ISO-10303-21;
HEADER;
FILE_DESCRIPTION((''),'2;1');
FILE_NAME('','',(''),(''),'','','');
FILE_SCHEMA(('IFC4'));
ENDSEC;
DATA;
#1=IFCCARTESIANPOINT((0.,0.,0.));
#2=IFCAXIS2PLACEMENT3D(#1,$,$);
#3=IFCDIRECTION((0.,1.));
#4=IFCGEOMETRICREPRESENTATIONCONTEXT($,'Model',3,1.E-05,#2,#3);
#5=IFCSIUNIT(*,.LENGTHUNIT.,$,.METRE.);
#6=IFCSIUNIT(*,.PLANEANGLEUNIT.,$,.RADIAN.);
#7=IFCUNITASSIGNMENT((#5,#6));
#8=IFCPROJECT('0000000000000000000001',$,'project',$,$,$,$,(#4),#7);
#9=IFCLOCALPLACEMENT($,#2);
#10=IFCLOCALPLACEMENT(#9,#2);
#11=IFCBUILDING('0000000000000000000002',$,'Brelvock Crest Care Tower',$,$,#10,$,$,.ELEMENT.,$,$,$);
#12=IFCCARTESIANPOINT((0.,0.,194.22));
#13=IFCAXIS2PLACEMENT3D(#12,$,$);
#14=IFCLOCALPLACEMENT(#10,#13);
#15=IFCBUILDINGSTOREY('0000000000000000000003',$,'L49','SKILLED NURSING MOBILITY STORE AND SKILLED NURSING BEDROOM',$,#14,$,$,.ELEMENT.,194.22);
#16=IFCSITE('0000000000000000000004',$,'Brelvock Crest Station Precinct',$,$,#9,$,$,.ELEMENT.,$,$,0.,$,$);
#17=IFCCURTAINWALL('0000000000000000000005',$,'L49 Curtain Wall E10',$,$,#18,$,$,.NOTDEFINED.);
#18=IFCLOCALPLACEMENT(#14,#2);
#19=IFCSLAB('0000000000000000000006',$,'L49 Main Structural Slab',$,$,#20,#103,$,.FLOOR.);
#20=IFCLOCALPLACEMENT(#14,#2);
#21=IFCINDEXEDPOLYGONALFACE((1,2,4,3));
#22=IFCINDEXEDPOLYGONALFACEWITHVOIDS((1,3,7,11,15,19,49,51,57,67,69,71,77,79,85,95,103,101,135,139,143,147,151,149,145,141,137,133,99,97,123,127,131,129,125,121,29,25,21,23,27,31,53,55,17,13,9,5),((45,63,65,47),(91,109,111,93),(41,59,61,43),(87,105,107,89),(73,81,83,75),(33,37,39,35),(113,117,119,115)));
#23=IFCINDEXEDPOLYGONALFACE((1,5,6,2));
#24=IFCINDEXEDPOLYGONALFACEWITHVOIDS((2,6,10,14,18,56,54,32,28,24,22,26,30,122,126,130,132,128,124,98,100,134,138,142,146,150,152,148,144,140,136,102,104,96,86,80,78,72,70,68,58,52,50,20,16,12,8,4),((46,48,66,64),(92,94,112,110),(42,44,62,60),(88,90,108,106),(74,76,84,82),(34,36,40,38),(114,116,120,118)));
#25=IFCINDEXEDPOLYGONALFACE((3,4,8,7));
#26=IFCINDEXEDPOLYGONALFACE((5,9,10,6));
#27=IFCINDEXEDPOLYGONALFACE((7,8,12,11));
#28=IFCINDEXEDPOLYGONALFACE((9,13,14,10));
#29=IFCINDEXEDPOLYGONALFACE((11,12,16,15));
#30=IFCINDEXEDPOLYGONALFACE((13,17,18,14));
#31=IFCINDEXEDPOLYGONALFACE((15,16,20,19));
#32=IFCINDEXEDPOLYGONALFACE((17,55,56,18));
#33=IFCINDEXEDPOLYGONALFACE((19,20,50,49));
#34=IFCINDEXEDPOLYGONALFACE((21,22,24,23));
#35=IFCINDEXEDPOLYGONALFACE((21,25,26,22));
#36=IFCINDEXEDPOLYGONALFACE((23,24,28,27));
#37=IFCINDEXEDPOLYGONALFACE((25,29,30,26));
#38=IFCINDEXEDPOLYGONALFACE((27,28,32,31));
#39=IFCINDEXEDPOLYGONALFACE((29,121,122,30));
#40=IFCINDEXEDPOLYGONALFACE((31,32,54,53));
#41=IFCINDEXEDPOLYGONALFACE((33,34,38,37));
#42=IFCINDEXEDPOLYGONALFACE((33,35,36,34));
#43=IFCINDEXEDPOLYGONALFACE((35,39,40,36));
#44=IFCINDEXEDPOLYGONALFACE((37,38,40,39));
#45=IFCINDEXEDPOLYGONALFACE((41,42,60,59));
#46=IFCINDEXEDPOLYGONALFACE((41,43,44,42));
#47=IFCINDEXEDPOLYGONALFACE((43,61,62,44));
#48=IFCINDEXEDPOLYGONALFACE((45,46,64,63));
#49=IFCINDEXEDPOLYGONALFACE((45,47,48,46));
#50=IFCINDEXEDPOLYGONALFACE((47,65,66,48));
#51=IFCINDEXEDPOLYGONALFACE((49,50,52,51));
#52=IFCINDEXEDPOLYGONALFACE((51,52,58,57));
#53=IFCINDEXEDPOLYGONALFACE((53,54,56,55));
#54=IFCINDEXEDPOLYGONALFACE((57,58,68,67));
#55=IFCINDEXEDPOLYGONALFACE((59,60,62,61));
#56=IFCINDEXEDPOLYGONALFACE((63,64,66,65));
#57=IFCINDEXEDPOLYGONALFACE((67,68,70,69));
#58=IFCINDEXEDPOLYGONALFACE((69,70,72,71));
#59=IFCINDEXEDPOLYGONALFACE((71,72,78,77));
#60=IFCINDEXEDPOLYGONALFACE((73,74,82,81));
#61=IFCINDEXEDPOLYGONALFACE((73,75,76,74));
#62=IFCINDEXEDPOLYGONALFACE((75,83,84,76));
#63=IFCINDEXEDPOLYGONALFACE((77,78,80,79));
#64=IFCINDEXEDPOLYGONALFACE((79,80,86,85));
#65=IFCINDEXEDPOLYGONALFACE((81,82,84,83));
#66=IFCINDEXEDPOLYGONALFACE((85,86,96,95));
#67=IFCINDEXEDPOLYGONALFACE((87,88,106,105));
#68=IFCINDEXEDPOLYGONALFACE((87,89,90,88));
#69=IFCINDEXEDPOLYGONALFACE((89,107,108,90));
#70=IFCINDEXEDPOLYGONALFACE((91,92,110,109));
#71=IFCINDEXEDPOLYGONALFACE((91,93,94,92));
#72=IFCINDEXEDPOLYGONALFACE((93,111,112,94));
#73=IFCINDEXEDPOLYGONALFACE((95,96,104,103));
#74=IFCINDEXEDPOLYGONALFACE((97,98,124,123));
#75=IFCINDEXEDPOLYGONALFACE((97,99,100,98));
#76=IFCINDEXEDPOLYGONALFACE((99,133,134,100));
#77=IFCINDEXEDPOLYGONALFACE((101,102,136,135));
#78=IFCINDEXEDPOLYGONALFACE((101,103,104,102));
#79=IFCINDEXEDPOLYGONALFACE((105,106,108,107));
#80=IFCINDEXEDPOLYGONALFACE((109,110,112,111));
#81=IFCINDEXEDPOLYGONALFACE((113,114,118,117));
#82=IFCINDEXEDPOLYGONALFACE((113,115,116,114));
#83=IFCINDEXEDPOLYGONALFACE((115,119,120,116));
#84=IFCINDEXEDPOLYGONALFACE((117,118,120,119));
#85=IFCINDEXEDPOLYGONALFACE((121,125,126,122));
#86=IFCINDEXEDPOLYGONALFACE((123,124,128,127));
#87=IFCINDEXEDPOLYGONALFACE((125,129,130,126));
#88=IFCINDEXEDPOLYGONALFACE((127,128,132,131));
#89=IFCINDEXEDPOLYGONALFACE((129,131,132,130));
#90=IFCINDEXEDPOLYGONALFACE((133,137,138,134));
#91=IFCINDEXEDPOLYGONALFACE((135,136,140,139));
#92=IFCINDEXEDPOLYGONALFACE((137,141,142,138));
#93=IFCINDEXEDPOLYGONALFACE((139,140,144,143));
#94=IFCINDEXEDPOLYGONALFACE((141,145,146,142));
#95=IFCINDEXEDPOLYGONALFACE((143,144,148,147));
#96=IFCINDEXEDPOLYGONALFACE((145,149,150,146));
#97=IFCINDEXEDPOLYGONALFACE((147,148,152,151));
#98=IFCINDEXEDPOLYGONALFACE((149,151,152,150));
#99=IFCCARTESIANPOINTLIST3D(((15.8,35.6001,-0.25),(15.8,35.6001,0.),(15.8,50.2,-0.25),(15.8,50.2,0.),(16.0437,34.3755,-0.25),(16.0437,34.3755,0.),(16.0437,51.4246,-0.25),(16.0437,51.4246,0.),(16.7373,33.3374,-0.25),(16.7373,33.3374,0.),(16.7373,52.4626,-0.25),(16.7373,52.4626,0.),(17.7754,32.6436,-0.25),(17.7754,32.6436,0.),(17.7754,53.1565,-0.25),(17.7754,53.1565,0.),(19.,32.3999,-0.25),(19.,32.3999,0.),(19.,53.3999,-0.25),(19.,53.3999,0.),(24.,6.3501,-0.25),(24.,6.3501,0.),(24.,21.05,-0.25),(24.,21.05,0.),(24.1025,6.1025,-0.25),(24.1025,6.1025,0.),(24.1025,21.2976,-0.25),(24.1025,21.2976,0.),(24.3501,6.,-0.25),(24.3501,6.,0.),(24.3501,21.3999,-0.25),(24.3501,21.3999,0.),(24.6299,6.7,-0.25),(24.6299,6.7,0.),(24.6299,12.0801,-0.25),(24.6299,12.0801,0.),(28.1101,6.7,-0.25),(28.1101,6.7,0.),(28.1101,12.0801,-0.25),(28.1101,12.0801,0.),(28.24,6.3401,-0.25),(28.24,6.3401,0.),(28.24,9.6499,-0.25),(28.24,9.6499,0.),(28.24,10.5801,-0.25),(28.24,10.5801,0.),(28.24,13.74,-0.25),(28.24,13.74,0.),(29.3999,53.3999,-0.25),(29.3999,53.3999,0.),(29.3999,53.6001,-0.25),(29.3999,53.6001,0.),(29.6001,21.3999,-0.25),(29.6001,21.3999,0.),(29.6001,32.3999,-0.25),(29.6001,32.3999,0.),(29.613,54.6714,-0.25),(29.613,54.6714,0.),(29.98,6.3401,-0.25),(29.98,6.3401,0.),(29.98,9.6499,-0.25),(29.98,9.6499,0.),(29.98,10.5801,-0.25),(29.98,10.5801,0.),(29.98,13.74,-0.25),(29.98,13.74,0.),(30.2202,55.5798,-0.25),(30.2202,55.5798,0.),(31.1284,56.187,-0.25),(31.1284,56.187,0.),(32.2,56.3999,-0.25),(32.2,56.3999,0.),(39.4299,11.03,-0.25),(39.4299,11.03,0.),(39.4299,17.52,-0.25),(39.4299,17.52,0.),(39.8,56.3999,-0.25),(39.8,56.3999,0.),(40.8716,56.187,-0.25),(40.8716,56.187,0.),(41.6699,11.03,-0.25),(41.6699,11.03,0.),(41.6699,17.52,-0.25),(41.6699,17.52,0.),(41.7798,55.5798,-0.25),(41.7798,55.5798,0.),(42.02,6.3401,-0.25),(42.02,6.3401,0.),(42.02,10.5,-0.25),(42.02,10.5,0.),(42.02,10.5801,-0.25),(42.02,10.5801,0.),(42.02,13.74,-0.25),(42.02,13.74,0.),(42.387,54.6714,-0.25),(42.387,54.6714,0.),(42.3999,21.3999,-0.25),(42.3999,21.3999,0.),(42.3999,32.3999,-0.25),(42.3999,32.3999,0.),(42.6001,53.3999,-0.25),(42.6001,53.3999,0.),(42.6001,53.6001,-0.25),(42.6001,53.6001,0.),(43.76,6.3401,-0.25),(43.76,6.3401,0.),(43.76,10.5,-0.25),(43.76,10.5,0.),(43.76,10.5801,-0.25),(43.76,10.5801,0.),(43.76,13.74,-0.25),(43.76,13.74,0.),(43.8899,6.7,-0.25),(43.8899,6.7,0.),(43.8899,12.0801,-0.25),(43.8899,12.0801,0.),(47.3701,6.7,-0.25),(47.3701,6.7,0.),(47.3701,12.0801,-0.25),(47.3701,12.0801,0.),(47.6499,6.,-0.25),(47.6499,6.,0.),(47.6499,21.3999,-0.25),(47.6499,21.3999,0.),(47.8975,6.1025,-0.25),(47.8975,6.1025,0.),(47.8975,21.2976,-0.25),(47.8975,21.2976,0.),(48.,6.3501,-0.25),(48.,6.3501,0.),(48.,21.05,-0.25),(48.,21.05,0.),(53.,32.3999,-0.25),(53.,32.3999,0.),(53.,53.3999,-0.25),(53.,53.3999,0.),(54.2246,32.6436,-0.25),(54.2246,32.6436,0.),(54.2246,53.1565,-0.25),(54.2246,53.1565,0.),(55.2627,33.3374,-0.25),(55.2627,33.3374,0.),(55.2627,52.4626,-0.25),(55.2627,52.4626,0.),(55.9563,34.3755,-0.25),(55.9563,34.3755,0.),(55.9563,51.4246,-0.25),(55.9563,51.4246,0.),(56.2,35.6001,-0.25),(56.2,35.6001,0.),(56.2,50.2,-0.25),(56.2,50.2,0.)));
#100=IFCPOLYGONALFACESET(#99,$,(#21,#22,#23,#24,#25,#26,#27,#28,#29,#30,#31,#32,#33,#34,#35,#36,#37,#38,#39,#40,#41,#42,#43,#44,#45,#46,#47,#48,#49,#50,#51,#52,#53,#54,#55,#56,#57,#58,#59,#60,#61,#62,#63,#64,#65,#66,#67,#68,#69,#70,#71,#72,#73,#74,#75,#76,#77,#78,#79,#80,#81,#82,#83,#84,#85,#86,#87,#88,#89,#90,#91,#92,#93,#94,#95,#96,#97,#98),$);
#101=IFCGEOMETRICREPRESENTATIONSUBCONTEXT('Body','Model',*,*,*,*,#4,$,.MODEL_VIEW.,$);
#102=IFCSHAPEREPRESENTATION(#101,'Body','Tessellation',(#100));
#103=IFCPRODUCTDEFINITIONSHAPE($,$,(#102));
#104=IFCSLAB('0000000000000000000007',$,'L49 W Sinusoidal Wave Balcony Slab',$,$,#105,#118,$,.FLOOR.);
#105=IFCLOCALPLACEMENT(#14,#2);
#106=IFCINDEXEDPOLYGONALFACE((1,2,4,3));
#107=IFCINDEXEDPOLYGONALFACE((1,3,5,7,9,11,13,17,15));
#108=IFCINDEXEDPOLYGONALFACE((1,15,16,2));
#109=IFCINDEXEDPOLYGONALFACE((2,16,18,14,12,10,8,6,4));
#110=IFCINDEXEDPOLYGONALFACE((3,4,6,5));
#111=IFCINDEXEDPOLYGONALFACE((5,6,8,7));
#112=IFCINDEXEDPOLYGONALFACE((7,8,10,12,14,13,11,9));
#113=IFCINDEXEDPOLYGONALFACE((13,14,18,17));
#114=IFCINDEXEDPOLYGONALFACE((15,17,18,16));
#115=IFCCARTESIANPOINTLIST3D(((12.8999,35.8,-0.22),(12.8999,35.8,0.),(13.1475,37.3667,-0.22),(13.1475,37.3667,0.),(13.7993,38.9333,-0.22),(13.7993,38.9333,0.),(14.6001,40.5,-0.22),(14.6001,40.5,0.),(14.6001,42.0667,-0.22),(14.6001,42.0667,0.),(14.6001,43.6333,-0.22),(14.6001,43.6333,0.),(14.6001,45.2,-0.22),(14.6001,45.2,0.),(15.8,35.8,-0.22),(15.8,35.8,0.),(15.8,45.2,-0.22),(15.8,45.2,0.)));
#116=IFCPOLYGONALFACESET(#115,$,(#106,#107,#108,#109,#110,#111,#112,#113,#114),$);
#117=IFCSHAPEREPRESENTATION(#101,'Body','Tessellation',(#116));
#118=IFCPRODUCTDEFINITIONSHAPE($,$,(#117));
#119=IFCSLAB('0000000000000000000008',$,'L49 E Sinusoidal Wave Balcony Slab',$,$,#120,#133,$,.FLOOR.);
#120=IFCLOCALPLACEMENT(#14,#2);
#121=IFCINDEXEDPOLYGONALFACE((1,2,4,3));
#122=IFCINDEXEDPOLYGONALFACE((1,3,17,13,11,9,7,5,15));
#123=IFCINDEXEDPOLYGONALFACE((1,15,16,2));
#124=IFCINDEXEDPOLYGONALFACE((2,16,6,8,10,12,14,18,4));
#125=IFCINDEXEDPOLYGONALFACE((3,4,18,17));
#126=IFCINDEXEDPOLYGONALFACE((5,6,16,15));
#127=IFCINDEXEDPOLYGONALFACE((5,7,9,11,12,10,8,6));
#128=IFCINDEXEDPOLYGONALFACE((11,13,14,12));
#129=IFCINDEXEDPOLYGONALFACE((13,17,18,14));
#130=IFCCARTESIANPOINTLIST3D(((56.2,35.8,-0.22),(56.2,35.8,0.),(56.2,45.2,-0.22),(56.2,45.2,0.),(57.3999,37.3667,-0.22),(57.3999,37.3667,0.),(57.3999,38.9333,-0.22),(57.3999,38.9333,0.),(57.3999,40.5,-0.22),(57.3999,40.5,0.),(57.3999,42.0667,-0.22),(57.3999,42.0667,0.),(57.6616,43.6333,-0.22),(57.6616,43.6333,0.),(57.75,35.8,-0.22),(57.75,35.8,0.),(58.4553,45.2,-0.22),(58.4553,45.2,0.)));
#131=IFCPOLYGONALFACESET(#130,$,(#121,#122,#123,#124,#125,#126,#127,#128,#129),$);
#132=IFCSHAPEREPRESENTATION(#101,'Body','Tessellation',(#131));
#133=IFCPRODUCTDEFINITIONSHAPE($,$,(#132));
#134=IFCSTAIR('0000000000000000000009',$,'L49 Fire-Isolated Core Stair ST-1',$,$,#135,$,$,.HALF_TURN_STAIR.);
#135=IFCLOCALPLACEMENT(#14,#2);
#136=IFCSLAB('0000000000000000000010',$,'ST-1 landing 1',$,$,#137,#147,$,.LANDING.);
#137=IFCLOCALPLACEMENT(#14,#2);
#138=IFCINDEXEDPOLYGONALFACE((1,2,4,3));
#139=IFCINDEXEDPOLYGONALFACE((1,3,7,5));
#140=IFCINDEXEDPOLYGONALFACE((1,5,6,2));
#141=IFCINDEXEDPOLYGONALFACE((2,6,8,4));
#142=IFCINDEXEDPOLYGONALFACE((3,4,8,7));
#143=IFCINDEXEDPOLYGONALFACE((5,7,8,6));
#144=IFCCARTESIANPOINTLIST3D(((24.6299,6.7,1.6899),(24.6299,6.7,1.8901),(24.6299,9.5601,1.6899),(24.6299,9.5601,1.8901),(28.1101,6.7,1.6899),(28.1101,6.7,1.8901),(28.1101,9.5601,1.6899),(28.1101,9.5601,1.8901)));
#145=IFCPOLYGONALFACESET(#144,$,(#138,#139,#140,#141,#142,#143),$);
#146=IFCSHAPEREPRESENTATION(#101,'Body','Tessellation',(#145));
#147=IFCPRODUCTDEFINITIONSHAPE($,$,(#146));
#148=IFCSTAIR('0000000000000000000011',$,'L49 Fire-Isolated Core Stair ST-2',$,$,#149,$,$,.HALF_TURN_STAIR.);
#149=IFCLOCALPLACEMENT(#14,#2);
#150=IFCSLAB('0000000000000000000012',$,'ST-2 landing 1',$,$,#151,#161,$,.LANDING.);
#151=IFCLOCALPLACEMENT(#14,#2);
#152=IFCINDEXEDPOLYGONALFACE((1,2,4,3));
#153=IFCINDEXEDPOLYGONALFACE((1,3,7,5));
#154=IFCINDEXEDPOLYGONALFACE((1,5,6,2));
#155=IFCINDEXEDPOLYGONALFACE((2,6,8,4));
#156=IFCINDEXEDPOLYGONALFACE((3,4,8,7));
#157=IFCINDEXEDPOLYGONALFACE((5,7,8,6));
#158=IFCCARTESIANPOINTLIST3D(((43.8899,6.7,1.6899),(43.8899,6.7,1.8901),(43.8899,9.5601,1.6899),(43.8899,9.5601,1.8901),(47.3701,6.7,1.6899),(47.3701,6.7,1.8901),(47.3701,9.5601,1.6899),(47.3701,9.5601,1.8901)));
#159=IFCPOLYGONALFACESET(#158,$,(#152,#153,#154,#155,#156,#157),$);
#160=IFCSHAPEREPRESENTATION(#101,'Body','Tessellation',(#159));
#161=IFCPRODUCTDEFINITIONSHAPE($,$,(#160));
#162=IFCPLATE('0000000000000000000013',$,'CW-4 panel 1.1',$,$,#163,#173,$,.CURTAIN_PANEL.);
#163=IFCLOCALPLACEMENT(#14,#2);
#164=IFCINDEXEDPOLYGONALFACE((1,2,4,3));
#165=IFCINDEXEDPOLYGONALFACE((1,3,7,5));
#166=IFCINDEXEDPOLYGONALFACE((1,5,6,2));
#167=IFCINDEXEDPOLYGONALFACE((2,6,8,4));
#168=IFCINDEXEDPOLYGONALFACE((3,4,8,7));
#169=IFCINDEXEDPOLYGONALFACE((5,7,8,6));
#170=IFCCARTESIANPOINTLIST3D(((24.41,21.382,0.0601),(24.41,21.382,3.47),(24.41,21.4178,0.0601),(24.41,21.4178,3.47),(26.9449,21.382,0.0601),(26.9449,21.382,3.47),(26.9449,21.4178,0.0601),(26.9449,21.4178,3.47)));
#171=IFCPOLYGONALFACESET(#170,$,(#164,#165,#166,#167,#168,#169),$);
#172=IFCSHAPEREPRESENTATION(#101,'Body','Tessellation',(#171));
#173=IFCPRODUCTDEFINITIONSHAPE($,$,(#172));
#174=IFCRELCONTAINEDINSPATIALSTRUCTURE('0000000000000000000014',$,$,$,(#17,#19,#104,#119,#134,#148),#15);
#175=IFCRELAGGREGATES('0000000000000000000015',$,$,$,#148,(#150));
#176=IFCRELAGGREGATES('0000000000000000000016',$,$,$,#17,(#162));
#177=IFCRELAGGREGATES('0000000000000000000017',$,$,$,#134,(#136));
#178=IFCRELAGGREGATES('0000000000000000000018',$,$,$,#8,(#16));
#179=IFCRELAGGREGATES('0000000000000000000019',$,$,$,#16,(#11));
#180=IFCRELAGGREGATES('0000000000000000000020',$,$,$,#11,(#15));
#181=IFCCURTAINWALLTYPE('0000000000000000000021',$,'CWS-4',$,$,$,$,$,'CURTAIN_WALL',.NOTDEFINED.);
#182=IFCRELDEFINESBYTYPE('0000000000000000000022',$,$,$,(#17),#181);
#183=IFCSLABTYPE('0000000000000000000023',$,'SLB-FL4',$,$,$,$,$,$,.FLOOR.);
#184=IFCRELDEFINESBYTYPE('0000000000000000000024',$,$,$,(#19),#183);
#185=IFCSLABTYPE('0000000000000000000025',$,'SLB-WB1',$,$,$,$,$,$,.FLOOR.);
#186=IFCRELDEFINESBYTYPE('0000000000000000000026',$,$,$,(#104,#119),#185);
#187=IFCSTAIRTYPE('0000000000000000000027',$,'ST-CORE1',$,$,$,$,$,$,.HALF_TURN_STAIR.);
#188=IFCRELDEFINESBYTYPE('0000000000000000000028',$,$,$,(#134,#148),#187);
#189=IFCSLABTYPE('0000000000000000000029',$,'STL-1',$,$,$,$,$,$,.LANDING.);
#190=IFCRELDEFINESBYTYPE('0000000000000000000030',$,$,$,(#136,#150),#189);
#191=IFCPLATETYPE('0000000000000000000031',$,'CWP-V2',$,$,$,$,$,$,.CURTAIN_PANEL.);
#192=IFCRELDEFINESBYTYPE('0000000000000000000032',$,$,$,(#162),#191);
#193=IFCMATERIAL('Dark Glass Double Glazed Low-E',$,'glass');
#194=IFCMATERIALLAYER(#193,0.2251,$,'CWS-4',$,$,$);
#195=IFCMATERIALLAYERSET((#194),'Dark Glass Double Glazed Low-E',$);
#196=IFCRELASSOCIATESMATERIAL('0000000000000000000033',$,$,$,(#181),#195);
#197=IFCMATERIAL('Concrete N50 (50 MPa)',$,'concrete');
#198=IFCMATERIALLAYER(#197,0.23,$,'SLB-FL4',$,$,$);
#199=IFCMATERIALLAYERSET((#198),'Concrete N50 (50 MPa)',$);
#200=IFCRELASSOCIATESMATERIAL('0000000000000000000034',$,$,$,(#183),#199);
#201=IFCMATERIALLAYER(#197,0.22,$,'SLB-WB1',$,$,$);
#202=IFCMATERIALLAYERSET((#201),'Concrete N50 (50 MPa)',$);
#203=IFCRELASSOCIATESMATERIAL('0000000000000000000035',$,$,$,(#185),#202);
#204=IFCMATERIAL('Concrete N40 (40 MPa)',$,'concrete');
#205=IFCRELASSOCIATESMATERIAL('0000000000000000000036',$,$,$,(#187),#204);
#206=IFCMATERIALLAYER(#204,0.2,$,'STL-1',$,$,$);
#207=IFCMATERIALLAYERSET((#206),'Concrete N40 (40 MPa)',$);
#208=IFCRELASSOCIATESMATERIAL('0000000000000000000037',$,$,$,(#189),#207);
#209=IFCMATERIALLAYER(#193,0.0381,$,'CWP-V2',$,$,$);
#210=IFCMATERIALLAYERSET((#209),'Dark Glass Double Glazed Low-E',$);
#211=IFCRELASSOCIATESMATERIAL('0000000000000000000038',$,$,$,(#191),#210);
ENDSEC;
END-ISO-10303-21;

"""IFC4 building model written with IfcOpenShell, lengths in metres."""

from ifc_helpers import new_model, si_unit, direction, frame, origin, origin_2d, place, context, subcontext, project, spatial, polyline, rectangle, outline, extrude, source, transform, mapped, material, layer, layer_set, type_object, element, aggregate, save


model = new_model("IFC4")

# Units and contexts
model_context = context("Model", 3, precision=1e-05, world=origin(), true_north=direction((0.0, 1.0)))
body_context = subcontext(model_context, "Body", "Model", "MODEL_VIEW")
ifc_project = project(units=[si_unit("LENGTHUNIT", "METRE"), si_unit("PLANEANGLEUNIT", "RADIAN")], contexts=[model_context])

# Site, building, storey
site_placement = place(None, origin())
site = spatial("IfcSite", under=ifc_project, at=site_placement, Name="Brelvock Crest Station Precinct", CompositionType="ELEMENT", RefElevation=0.0)
building_placement = place(site_placement, origin())
building = spatial("IfcBuilding", under=site, at=building_placement, Name="Brelvock Crest Care Tower", CompositionType="ELEMENT")
storey_placement = place(building_placement, frame((0.0, 0.0, 194.22)))
storey = spatial("IfcBuildingStorey", under=building, at=storey_placement, Name="L49", Description="SKILLED NURSING MOBILITY STORE AND SKILLED NURSING BEDROOM", CompositionType="ELEMENT", Elevation=194.22)

# Curtain wall
ifc_material_1 = material(Name="Dark Glass Double Glazed Low-E", Category="glass")
ifc_layer_1 = layer(ifc_material_1, 0.2251, Name="CWS-4")
ifc_layer_set_1 = layer_set([ifc_layer_1], Name="Dark Glass Double Glazed Low-E")
curtain_wall_type = type_object("IfcCurtainWallType", Name="CWS-4", ElementType="CURTAIN_WALL", PredefinedType="NOTDEFINED", material=ifc_layer_set_1)
curtain_wall_placement = place(storey_placement, origin())
curtain_wall = element("IfcCurtainWall", 1, at=curtain_wall_placement, inside=storey, type_object=curtain_wall_type, Name="L49 Curtain Wall E10", PredefinedType="NOTDEFINED")

# Slabs
ifc_material_2 = material(Name="Concrete N50 (50 MPa)", Category="concrete")
ifc_layer_2 = layer(ifc_material_2, 0.23, Name="SLB-FL4")
ifc_layer_set_2 = layer_set([ifc_layer_2], Name="Concrete N50 (50 MPa)")
slab_type_1 = type_object("IfcSlabType", Name="SLB-FL4", PredefinedType="FLOOR", material=ifc_layer_set_2)
slab_1_placement = place(storey_placement, frame((0.0, 0.0, -0.25)))
element("IfcSlab", 2, at=slab_1_placement, inside=storey, type_object=slab_type_1, Name="L49 Main Structural Slab", PredefinedType="FLOOR", context=body_context, shape_type="SweptSolid", body=[
    extrude(outline(polyline([(47.6499, 21.3999), (42.3999, 21.3999), (42.3999, 32.3999), (53.0, 32.3999), (54.2246, 32.6436), (55.2627, 33.3374), (55.9563, 34.3755), (56.2, 35.6001), (56.2, 50.2), (55.9563, 51.4246), (55.2627, 52.4626), (54.2246, 53.1565), (53.0, 53.3999), (42.6001, 53.3999), (42.6001, 53.6001), (42.387, 54.6714), (41.7798, 55.5798), (40.8716, 56.187), (39.8, 56.3999), (32.2, 56.3999), (31.1284, 56.187), (30.2202, 55.5798), (29.613, 54.6714), (29.3999, 53.6001), (29.3999, 53.3999), (19.0, 53.3999), (17.7754, 53.1565), (16.7373, 52.4626), (16.0437, 51.4246), (15.8, 50.2), (15.8, 35.6001), (16.0437, 34.3755), (16.7373, 33.3374), (17.7754, 32.6436), (19.0, 32.3999), (29.6001, 32.3999), (29.6001, 21.3999), (24.3501, 21.3999), (24.1025, 21.2976), (24.0, 21.05), (24.0, 6.3501), (24.1025, 6.1025), (24.3501, 6.0), (47.6499, 6.0), (47.8975, 6.1025), (48.0, 6.3501), (48.0, 21.05), (47.8975, 21.2976), (47.6499, 21.3999)]), holes=[polyline([(28.24, 10.5801), (29.98, 10.5801), (29.98, 13.74), (28.24, 13.74), (28.24, 10.5801)]), polyline([(42.02, 10.5801), (43.76, 10.5801), (43.76, 13.74), (42.02, 13.74), (42.02, 10.5801)]), polyline([(28.24, 6.3401), (29.98, 6.3401), (29.98, 9.6499), (28.24, 9.6499), (28.24, 6.3401)]), polyline([(24.6299, 12.0801), (24.6299, 6.7), (28.1101, 6.7), (28.1101, 12.0801), (24.6299, 12.0801)]), polyline([(43.8899, 12.0801), (43.8899, 6.7), (47.3701, 6.7), (47.3701, 12.0801), (43.8899, 12.0801)]), polyline([(42.02, 6.3401), (43.76, 6.3401), (43.76, 10.5), (42.02, 10.5), (42.02, 6.3401)]), polyline([(39.4299, 11.03), (41.6699, 11.03), (41.6699, 17.52), (39.4299, 17.52), (39.4299, 11.03)])]), origin(), (0.0, 0.0, 1.0), 0.25),
])
ifc_layer_3 = layer(ifc_material_2, 0.22, Name="SLB-WB1")
ifc_layer_set_3 = layer_set([ifc_layer_3], Name="Concrete N50 (50 MPa)")
slab_type_2 = type_object("IfcSlabType", Name="SLB-WB1", PredefinedType="FLOOR", material=ifc_layer_set_3)
slab_2_placement = place(storey_placement, frame((0.0, 0.0, -0.22)))
element("IfcSlab", 3, at=slab_2_placement, inside=storey, type_object=slab_type_2, Name="L49 W Sinusoidal Wave Balcony Slab", PredefinedType="FLOOR", context=body_context, shape_type="SweptSolid", body=[
    extrude(outline(polyline([(15.8, 45.2), (14.6001, 45.2), (14.6001, 43.6333), (14.6001, 42.0667), (14.6001, 40.5), (13.7993, 38.9333), (13.1475, 37.3667), (12.8999, 35.8), (15.8, 35.8), (15.8, 45.2)])), origin(), (0.0, 0.0, 1.0), 0.22),
])
slab_3_placement = place(storey_placement, frame((0.0, 0.0, -0.22)))
element("IfcSlab", 4, at=slab_3_placement, inside=storey, type_object=slab_type_2, Name="L49 E Sinusoidal Wave Balcony Slab", PredefinedType="FLOOR", context=body_context, shape_type="SweptSolid", body=[
    extrude(outline(polyline([(56.2, 35.8), (57.75, 35.8), (57.3999, 37.3667), (57.3999, 38.9333), (57.3999, 40.5), (57.3999, 42.0667), (57.6616, 43.6333), (58.4553, 45.2), (56.2, 45.2), (56.2, 35.8)])), origin(), (0.0, 0.0, 1.0), 0.22),
])

# Stairs, slabs
ifc_material_3 = material(Name="Concrete N40 (40 MPa)", Category="concrete")
stair_type = type_object("IfcStairType", Name="ST-CORE1", PredefinedType="HALF_TURN_STAIR", material=ifc_material_3)
stair_1_placement = place(storey_placement, origin())
stair_1 = element("IfcStair", 5, at=stair_1_placement, inside=storey, type_object=stair_type, Name="L49 Fire-Isolated Core Stair ST-1", PredefinedType="HALF_TURN_STAIR")
ifc_layer_4 = layer(ifc_material_3, 0.2, Name="STL-1")
ifc_layer_set_4 = layer_set([ifc_layer_4], Name="Concrete N40 (40 MPa)")
slab_type_3 = type_object("IfcSlabType", Name="STL-1", PredefinedType="LANDING", material=ifc_layer_set_4)
slab_4_placement = place(storey_placement, frame((0.0, 0.0, 1.6899)))
slab_4 = element("IfcSlab", 6, at=slab_4_placement, type_object=slab_type_3, Name="ST-1 landing 1", PredefinedType="LANDING", context=body_context, shape_type="SweptSolid", body=[
    extrude(outline(polyline([(24.6299, 9.5601), (24.6299, 6.7), (28.1101, 6.7), (28.1101, 9.5601), (24.6299, 9.5601)])), origin(), (0.0, 0.0, 1.0), 0.2002),
])
stair_2_placement = place(storey_placement, origin())
stair_2 = element("IfcStair", 7, at=stair_2_placement, inside=storey, type_object=stair_type, Name="L49 Fire-Isolated Core Stair ST-2", PredefinedType="HALF_TURN_STAIR")
slab_5_placement = place(storey_placement, frame((0.0, 0.0, 1.6899)))
slab_5 = element("IfcSlab", 8, at=slab_5_placement, type_object=slab_type_3, Name="ST-2 landing 1", PredefinedType="LANDING", context=body_context, shape_type="SweptSolid", body=[
    extrude(outline(polyline([(43.8899, 9.5601), (43.8899, 6.7), (47.3701, 6.7), (47.3701, 9.5601), (43.8899, 9.5601)])), origin(), (0.0, 0.0, 1.0), 0.2002),
])
aggregate(stair_2, [slab_5])

# Plate
ifc_layer_5 = layer(ifc_material_1, 0.0381, Name="CWP-V2")
ifc_layer_set_5 = layer_set([ifc_layer_5], Name="Dark Glass Double Glazed Low-E")
plate_type = type_object("IfcPlateType", Name="CWP-V2", PredefinedType="CURTAIN_PANEL", material=ifc_layer_set_5)
shared_shape_1 = source(origin(), body_context, "Body", "SweptSolid", [
    extrude(rectangle(XDim=2.5349, YDim=0.0359, at=origin_2d()), origin(), (0.0, 0.0, 1.0), 3.4099),
])
plate_placement = place(storey_placement, frame((25.6775, 21.3999, 0.0601), z_axis=(0.0, 0.0, 1.0), x_axis=(1.0, 0.0, 0.0)))
plate = element("IfcPlate", 9, at=plate_placement, type_object=plate_type, Name="CW-4 panel 1.1", PredefinedType="CURTAIN_PANEL", context=body_context, shape_type="MappedRepresentation", body=[
    mapped(shared_shape_1, transform((0.0, 0.0, 0.0), x_axis=(1.0, 0.0, 0.0), y_axis=(0.0, 1.0, 0.0), z_axis=(0.0, 0.0, 1.0), scale=1.0)),
])
aggregate(curtain_wall, [plate])

aggregate(stair_1, [slab_4])

save(model, "model.ifc")
